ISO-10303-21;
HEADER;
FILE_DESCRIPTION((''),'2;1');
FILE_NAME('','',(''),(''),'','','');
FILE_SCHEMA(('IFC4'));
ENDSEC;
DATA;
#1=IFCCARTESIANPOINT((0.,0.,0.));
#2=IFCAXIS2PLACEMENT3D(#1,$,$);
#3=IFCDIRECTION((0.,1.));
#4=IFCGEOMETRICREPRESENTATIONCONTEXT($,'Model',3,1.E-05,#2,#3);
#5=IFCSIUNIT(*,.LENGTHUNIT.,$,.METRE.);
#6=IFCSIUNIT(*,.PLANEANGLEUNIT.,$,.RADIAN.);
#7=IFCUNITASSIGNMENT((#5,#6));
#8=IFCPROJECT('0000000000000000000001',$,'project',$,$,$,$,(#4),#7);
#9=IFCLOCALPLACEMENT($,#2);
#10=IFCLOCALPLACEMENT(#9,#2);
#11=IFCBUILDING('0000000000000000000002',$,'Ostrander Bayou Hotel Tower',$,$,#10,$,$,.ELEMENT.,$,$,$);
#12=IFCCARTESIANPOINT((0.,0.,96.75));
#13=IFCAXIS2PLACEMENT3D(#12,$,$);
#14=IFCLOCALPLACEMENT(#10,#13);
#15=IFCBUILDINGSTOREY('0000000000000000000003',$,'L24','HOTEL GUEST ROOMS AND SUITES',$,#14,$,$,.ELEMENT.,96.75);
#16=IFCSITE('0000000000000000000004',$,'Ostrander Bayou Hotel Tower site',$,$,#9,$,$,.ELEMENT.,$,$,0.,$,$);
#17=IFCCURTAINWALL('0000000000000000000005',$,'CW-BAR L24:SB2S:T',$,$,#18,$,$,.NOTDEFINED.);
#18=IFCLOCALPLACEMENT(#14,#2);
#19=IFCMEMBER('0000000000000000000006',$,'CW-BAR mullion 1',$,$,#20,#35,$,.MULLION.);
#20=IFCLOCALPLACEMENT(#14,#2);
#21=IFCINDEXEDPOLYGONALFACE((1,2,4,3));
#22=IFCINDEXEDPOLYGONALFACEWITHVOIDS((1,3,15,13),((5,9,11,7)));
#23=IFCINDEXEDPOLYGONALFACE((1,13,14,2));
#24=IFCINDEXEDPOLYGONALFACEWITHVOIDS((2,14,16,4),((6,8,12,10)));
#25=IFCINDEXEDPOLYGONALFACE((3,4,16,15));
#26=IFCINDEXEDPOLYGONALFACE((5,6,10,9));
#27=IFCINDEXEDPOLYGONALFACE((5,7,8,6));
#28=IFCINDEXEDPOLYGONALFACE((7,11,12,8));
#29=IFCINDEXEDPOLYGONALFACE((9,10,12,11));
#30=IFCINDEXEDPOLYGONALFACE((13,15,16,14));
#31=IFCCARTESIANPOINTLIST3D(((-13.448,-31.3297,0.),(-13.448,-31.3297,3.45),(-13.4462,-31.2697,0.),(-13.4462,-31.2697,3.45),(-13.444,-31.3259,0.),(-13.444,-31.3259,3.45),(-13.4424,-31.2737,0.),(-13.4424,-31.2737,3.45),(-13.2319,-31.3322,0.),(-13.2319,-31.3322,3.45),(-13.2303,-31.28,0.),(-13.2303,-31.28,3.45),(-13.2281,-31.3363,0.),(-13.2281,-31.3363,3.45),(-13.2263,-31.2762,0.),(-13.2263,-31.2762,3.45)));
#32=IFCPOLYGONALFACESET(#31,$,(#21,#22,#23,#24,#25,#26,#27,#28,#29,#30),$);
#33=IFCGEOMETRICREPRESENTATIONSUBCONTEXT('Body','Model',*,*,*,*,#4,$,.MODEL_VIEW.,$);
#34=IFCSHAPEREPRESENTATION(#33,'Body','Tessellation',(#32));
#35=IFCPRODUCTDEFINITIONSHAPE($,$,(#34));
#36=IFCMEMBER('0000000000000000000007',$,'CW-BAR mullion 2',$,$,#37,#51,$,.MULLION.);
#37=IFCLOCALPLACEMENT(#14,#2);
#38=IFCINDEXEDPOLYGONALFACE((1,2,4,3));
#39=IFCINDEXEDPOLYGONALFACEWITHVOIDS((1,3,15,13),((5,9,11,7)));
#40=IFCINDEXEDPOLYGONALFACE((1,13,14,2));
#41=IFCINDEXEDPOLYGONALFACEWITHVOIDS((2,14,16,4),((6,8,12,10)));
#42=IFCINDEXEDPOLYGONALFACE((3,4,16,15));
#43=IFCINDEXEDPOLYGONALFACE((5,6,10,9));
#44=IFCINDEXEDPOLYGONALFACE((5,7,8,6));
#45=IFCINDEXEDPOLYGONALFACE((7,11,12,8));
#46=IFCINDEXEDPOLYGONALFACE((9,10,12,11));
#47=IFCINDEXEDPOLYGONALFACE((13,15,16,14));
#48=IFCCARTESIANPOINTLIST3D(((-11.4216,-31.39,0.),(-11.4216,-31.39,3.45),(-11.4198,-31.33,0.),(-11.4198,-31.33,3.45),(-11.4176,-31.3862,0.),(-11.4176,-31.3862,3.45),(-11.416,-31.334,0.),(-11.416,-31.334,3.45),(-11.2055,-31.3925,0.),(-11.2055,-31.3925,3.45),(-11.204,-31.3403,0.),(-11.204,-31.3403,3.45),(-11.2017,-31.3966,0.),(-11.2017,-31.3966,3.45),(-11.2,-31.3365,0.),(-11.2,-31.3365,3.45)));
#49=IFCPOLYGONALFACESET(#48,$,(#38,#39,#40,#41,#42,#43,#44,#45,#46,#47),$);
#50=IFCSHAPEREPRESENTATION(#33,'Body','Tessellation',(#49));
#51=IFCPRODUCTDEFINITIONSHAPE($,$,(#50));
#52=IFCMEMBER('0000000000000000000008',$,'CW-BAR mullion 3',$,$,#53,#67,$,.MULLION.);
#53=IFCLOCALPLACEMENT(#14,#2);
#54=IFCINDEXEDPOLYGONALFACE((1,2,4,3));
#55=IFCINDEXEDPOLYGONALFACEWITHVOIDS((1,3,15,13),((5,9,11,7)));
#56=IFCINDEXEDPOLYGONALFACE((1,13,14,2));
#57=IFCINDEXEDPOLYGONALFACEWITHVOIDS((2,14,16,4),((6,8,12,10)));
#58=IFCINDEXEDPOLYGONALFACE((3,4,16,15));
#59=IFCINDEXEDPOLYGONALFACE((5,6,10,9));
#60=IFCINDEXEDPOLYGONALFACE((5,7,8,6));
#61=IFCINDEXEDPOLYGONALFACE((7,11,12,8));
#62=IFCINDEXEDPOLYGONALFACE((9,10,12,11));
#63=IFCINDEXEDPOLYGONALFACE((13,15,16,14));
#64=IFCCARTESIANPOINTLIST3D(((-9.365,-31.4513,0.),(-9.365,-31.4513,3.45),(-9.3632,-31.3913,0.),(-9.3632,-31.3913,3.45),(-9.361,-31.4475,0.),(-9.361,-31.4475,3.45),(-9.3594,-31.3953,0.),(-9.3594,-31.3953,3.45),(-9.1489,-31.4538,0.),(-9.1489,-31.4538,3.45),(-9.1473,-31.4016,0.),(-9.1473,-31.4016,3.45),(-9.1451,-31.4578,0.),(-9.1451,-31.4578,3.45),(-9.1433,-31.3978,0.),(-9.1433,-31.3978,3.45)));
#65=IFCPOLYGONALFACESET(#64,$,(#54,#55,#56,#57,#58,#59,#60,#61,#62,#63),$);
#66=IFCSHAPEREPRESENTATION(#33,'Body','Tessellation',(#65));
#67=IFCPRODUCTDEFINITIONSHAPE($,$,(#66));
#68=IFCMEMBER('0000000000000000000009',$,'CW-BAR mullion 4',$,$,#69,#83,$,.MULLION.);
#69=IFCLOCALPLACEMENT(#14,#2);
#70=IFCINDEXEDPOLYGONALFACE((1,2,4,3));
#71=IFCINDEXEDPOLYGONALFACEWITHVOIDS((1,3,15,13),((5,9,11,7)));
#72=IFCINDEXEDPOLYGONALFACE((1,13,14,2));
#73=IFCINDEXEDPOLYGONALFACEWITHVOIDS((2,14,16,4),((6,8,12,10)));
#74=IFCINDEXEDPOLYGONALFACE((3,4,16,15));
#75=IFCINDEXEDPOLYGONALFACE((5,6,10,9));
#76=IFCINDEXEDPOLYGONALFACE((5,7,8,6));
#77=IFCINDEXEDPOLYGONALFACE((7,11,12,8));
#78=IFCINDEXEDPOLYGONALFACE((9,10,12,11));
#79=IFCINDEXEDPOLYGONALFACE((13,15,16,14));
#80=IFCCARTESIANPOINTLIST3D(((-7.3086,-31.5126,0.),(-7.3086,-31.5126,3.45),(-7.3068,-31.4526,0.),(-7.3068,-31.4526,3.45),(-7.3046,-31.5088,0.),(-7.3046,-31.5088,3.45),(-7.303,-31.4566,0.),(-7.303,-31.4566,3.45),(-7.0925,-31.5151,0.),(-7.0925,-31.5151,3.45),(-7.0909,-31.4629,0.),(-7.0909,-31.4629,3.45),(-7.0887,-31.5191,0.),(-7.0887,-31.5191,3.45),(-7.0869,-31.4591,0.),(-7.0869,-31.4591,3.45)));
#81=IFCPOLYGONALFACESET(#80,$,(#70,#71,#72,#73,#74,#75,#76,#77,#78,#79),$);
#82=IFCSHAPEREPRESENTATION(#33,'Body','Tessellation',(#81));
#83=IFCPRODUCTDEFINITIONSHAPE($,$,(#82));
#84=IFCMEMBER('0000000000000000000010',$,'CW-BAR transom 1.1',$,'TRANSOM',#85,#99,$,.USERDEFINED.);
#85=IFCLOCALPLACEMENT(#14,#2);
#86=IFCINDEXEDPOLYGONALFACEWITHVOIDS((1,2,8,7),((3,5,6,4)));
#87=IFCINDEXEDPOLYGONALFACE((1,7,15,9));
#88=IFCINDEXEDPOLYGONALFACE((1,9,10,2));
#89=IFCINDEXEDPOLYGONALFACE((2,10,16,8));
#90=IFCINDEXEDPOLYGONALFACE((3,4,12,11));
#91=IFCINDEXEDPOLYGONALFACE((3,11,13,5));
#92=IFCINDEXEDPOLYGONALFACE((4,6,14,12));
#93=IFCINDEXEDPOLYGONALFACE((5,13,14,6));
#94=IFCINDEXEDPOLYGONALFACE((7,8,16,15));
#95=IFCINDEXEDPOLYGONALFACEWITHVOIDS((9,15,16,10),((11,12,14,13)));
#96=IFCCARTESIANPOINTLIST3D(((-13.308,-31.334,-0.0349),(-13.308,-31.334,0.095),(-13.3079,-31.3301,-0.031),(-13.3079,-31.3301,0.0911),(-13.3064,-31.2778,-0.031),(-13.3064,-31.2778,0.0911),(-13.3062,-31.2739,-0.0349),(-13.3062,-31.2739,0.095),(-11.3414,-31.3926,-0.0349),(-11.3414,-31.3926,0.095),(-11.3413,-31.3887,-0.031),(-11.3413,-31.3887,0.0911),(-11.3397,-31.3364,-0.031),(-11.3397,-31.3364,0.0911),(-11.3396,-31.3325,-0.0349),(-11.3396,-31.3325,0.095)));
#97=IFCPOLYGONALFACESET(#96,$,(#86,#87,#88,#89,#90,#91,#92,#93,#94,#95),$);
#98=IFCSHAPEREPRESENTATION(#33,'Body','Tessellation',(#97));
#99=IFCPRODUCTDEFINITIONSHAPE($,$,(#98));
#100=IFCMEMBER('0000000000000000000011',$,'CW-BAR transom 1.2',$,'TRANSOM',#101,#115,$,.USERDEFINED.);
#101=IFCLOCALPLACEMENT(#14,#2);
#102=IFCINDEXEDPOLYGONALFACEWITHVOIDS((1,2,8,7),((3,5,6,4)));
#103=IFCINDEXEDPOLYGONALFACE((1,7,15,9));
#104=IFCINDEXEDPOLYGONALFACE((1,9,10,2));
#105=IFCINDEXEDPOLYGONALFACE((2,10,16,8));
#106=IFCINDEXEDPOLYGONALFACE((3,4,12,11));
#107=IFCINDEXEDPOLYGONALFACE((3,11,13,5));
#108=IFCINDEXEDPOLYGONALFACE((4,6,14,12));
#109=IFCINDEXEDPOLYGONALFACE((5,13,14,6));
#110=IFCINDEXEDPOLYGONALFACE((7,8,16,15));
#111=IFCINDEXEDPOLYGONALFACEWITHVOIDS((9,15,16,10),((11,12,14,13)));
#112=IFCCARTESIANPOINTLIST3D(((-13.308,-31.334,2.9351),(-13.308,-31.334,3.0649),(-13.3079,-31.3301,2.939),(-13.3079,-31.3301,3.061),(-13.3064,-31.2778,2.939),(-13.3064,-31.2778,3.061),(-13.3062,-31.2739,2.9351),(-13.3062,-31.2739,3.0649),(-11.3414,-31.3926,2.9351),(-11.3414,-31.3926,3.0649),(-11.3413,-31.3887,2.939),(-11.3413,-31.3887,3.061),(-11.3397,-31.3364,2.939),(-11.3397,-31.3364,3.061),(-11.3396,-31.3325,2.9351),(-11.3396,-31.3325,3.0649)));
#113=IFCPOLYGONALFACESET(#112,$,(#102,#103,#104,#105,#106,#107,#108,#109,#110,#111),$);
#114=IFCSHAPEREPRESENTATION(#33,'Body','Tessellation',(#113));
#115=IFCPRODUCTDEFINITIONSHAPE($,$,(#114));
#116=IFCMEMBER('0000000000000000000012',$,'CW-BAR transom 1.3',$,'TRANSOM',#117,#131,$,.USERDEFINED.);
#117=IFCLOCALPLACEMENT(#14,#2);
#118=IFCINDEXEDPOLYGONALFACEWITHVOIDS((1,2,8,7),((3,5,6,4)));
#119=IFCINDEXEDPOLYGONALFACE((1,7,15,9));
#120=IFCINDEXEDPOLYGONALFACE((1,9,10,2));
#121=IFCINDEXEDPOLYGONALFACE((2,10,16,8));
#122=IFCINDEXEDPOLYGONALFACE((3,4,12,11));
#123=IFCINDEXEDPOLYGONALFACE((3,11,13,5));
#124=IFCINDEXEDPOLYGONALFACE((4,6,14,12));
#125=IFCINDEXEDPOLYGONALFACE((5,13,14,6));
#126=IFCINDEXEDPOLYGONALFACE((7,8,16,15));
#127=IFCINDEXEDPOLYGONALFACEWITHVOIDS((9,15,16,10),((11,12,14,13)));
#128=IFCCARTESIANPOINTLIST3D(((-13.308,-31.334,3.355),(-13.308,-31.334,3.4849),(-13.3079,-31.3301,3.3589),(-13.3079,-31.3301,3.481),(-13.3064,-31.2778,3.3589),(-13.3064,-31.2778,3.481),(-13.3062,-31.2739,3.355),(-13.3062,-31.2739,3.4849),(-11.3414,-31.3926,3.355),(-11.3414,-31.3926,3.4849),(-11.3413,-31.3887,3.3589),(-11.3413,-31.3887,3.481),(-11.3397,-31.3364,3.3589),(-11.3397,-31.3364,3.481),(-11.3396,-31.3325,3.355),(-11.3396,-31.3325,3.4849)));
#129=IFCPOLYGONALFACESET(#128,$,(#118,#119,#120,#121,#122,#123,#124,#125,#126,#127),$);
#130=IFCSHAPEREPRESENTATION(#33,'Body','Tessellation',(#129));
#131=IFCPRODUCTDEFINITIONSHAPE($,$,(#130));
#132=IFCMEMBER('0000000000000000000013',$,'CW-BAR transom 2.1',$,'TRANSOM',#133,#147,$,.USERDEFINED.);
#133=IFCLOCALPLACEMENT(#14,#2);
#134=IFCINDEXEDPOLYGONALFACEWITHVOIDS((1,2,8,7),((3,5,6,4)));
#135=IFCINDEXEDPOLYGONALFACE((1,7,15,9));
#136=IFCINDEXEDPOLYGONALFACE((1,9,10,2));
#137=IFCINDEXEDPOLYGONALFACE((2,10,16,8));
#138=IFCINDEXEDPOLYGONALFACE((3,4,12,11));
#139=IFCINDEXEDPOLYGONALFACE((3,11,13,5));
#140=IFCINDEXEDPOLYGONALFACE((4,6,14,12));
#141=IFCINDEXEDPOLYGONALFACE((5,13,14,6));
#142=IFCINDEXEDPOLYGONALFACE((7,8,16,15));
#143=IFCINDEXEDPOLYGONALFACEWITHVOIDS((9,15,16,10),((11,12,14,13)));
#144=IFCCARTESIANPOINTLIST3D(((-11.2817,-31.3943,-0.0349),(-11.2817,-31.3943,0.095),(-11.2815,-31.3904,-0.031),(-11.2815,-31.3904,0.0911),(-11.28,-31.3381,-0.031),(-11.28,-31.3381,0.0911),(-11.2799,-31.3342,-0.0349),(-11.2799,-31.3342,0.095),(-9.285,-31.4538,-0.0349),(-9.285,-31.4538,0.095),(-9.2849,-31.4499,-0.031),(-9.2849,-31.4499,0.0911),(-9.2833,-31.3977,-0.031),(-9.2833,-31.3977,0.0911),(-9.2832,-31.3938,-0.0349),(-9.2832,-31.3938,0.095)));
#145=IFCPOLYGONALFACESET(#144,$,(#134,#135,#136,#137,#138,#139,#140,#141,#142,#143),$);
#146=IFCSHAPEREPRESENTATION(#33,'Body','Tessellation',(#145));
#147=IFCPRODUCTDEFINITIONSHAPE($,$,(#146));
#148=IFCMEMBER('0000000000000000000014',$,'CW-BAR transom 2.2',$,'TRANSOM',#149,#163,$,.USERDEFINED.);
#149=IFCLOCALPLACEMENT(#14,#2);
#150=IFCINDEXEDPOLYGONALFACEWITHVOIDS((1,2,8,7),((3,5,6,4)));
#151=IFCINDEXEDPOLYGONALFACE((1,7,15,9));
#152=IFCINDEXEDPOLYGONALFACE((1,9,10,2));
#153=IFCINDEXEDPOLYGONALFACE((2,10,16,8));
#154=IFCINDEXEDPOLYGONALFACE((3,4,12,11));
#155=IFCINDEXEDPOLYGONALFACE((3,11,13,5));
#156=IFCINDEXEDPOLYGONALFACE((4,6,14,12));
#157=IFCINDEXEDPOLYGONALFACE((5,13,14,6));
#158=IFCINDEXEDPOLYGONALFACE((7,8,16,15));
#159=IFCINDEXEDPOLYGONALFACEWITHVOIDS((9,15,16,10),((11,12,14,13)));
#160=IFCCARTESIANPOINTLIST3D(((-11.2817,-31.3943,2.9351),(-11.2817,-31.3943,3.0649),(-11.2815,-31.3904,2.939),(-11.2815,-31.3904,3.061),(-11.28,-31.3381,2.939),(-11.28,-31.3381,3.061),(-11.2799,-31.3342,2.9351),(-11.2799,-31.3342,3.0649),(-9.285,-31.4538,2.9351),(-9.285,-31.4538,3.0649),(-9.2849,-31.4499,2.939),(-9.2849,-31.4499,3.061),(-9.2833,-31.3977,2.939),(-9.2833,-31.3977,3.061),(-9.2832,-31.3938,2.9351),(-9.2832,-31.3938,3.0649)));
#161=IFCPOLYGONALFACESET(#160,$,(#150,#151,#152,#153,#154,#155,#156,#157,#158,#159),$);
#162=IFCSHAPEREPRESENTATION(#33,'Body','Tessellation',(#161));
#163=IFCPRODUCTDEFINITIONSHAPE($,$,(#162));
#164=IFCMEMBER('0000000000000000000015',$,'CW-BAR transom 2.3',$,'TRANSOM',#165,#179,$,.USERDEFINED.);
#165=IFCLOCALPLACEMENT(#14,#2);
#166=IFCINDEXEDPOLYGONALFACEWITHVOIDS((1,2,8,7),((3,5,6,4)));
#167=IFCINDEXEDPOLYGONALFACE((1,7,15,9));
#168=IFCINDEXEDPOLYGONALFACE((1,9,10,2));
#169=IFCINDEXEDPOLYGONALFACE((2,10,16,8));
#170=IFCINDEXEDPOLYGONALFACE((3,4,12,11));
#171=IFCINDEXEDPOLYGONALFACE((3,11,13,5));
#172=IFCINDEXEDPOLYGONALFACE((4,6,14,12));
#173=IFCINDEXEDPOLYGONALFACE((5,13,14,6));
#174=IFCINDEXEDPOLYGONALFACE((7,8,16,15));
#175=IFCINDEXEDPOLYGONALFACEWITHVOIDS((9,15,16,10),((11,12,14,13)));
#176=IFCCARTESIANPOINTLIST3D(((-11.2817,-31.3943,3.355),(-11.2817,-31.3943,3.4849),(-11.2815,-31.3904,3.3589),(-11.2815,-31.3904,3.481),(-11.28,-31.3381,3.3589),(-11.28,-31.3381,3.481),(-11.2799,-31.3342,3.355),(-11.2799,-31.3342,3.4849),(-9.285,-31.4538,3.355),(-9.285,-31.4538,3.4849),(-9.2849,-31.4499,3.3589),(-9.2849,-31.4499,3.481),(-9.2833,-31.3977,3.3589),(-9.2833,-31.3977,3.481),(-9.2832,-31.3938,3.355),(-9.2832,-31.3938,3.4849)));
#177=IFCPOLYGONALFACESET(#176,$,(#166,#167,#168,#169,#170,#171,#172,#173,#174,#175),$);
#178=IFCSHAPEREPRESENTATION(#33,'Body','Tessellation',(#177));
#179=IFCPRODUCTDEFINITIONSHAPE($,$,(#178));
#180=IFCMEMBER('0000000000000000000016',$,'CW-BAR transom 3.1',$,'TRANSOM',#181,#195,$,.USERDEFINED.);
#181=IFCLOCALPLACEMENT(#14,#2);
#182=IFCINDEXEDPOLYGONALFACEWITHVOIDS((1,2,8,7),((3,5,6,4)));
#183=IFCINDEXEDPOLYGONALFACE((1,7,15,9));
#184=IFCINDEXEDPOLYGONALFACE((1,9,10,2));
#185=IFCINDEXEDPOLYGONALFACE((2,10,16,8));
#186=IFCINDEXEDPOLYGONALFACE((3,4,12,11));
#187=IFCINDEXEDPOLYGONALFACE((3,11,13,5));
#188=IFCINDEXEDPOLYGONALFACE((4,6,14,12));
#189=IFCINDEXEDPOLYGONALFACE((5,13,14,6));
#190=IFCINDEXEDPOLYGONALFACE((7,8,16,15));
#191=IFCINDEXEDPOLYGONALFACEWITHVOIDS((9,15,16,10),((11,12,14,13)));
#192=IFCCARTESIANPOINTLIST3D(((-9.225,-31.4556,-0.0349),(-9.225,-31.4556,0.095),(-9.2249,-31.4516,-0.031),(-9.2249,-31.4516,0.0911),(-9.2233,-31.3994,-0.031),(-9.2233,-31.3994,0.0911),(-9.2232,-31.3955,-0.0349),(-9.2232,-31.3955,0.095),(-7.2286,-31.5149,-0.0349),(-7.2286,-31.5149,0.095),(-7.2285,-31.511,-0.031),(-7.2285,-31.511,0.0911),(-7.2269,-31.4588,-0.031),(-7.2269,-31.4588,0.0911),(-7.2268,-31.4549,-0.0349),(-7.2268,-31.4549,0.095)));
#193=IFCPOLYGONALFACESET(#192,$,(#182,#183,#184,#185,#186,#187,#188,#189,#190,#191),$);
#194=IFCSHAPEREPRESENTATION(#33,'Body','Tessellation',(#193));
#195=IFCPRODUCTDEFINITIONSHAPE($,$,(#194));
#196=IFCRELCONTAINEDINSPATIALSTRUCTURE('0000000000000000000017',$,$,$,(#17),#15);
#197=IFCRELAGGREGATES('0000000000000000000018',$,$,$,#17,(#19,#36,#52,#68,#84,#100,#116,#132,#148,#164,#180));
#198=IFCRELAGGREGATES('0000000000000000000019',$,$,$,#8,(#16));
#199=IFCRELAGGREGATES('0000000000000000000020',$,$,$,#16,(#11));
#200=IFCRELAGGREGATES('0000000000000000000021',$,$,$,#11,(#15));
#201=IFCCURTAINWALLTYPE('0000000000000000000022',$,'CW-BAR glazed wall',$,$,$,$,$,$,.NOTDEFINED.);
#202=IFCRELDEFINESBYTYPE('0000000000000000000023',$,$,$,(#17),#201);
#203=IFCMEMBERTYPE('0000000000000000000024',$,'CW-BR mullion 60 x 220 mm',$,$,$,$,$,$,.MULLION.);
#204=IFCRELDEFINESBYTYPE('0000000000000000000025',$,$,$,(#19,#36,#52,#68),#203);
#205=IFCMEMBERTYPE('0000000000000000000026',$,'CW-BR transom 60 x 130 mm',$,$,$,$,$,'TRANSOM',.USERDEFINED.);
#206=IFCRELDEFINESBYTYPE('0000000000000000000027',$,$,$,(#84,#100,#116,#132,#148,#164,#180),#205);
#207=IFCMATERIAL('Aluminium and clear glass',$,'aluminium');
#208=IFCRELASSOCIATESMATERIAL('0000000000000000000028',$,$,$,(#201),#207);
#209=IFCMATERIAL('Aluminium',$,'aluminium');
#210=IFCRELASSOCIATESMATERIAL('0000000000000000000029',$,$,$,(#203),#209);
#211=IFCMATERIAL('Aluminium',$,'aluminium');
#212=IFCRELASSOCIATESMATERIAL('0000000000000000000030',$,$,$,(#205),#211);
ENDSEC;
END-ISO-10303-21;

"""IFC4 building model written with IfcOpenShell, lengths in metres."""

from ifc_helpers import new_model, si_unit, direction, frame, origin, origin_2d, place, context, subcontext, project, spatial, hollow_rectangle, extrude, material, material_profile, profile_set, type_object, element, aggregate, save


model = new_model("IFC4")

# Units and contexts
model_context = context("Model", 3, precision=1e-05, world=origin(), true_north=direction((0.0, 1.0)))
body_context = subcontext(model_context, "Body", "Model", "MODEL_VIEW")
ifc_project = project(units=[si_unit("LENGTHUNIT", "METRE"), si_unit("PLANEANGLEUNIT", "RADIAN")], contexts=[model_context])

# Site, building, storey
site_placement = place(None, origin())
site = spatial("IfcSite", under=ifc_project, at=site_placement, Name="Ostrander Bayou Hotel Tower site", CompositionType="ELEMENT", RefElevation=0.0)
building_placement = place(site_placement, origin())
building = spatial("IfcBuilding", under=site, at=building_placement, Name="Ostrander Bayou Hotel Tower", CompositionType="ELEMENT")
storey_placement = place(building_placement, frame((0.0, 0.0, 96.75)))
storey = spatial("IfcBuildingStorey", under=building, at=storey_placement, Name="L24", Description="HOTEL GUEST ROOMS AND SUITES", CompositionType="ELEMENT", Elevation=96.75)

# Curtain wall, members
ifc_material_1 = material(Name="Aluminium and clear glass", Category="aluminium")
curtain_wall_type = type_object("IfcCurtainWallType", Name="CW-BAR glazed wall", PredefinedType="NOTDEFINED", material=ifc_material_1)
curtain_wall_placement = place(storey_placement, origin())
curtain_wall = element("IfcCurtainWall", 1, at=curtain_wall_placement, inside=storey, type_object=curtain_wall_type, Name="CW-BAR L24:SB2S:T", PredefinedType="NOTDEFINED")
ifc_material_2 = material(Name="Aluminium", Category="aluminium")
ifc_material_profile_1 = material_profile(ifc_material_2, hollow_rectangle(XDim=0.0601, YDim=0.22, WallThickness=0.0039, at=origin_2d()))
ifc_profile_set_1 = profile_set([ifc_material_profile_1], Name="Aluminium")
member_type_1 = type_object("IfcMemberType", Name="CW-BR mullion 60 x 220 mm", PredefinedType="MULLION", material=ifc_profile_set_1)
member_1_placement = place(storey_placement, frame((-13.3372, -31.303, 0.0), z_axis=(0.0, 0.0, 1.0), x_axis=(0.029746, 0.999557, 0.0)))
member_1 = element("IfcMember", 2, at=member_1_placement, type_object=member_type_1, Name="CW-BAR mullion 1", PredefinedType="MULLION", context=body_context, shape_type="SweptSolid", body=[
    extrude(hollow_rectangle(XDim=0.0601, YDim=0.22, WallThickness=0.0039, at=origin_2d()), origin(), (0.0, 0.0, 1.0), 3.45),
])
member_2_placement = place(storey_placement, frame((-11.3108, -31.3633, 0.0), z_axis=(0.0, 0.0, 1.0), x_axis=(0.029746, 0.999557, 0.0)))
member_2 = element("IfcMember", 3, at=member_2_placement, type_object=member_type_1, Name="CW-BAR mullion 2", PredefinedType="MULLION", context=body_context, shape_type="SweptSolid", body=[
    extrude(hollow_rectangle(XDim=0.0601, YDim=0.22, WallThickness=0.0039, at=origin_2d()), origin(), (0.0, 0.0, 1.0), 3.45),
])
member_3_placement = place(storey_placement, frame((-9.2542, -31.4246, 0.0), z_axis=(0.0, 0.0, 1.0), x_axis=(0.029746, 0.999557, 0.0)))
member_3 = element("IfcMember", 4, at=member_3_placement, type_object=member_type_1, Name="CW-BAR mullion 3", PredefinedType="MULLION", context=body_context, shape_type="SweptSolid", body=[
    extrude(hollow_rectangle(XDim=0.0601, YDim=0.22, WallThickness=0.0039, at=origin_2d()), origin(), (0.0, 0.0, 1.0), 3.45),
])
member_4_placement = place(storey_placement, frame((-7.1978, -31.4858, 0.0), z_axis=(0.0, 0.0, 1.0), x_axis=(0.029746, 0.999557, 0.0)))
member_4 = element("IfcMember", 5, at=member_4_placement, type_object=member_type_1, Name="CW-BAR mullion 4", PredefinedType="MULLION", context=body_context, shape_type="SweptSolid", body=[
    extrude(hollow_rectangle(XDim=0.0601, YDim=0.22, WallThickness=0.0039, at=origin_2d()), origin(), (0.0, 0.0, 1.0), 3.45),
])
ifc_material_3 = material(Name="Aluminium", Category="aluminium")
ifc_material_profile_2 = material_profile(ifc_material_3, hollow_rectangle(XDim=0.0601, YDim=0.1299, WallThickness=0.0039, at=origin_2d()))
ifc_profile_set_2 = profile_set([ifc_material_profile_2], Name="Aluminium")
member_type_2 = type_object("IfcMemberType", Name="CW-BR transom 60 x 130 mm", ElementType="TRANSOM", PredefinedType="USERDEFINED", material=ifc_profile_set_2)
member_5_placement = place(storey_placement, frame((-13.3071, -31.304, 0.03), z_axis=(0.999556, -0.029782, 0.0), x_axis=(0.029782, 0.999556, 0.0)))
member_5 = element("IfcMember", 6, at=member_5_placement, type_object=member_type_2, Name="CW-BAR transom 1.1", ObjectType="TRANSOM", PredefinedType="USERDEFINED", context=body_context, shape_type="SweptSolid", body=[
    extrude(hollow_rectangle(XDim=0.0601, YDim=0.1299, WallThickness=0.0039, at=origin_2d()), origin(), (0.0, 0.0, 1.0), 1.9675),
])
member_6_placement = place(storey_placement, frame((-13.3071, -31.304, 3.0), z_axis=(0.999556, -0.029782, 0.0), x_axis=(0.029782, 0.999556, 0.0)))
member_6 = element("IfcMember", 7, at=member_6_placement, type_object=member_type_2, Name="CW-BAR transom 1.2", ObjectType="TRANSOM", PredefinedType="USERDEFINED", context=body_context, shape_type="SweptSolid", body=[
    extrude(hollow_rectangle(XDim=0.0601, YDim=0.1299, WallThickness=0.0039, at=origin_2d()), origin(), (0.0, 0.0, 1.0), 1.9675),
])
member_7_placement = place(storey_placement, frame((-13.3071, -31.304, 3.4199), z_axis=(0.999556, -0.029782, 0.0), x_axis=(0.029782, 0.999556, 0.0)))
member_7 = element("IfcMember", 8, at=member_7_placement, type_object=member_type_2, Name="CW-BAR transom 1.3", ObjectType="TRANSOM", PredefinedType="USERDEFINED", context=body_context, shape_type="SweptSolid", body=[
    extrude(hollow_rectangle(XDim=0.0601, YDim=0.1299, WallThickness=0.0039, at=origin_2d()), origin(), (0.0, 0.0, 1.0), 1.9675),
])
member_8_placement = place(storey_placement, frame((-11.2808, -31.3643, 0.03), z_axis=(0.999555, -0.029823, 0.0), x_axis=(0.029823, 0.999555, 0.0)))
member_8 = element("IfcMember", 9, at=member_8_placement, type_object=member_type_2, Name="CW-BAR transom 2.1", ObjectType="TRANSOM", PredefinedType="USERDEFINED", context=body_context, shape_type="SweptSolid", body=[
    extrude(hollow_rectangle(XDim=0.0601, YDim=0.1299, WallThickness=0.0039, at=origin_2d()), origin(), (0.0, 0.0, 1.0), 1.9976),
])
member_9_placement = place(storey_placement, frame((-11.2808, -31.3643, 3.0), z_axis=(0.999555, -0.029823, 0.0), x_axis=(0.029823, 0.999555, 0.0)))
member_9 = element("IfcMember", 10, at=member_9_placement, type_object=member_type_2, Name="CW-BAR transom 2.2", ObjectType="TRANSOM", PredefinedType="USERDEFINED", context=body_context, shape_type="SweptSolid", body=[
    extrude(hollow_rectangle(XDim=0.0601, YDim=0.1299, WallThickness=0.0039, at=origin_2d()), origin(), (0.0, 0.0, 1.0), 1.9976),
])
member_10_placement = place(storey_placement, frame((-11.2808, -31.3643, 3.4199), z_axis=(0.999555, -0.029823, 0.0), x_axis=(0.029823, 0.999555, 0.0)))
member_10 = element("IfcMember", 11, at=member_10_placement, type_object=member_type_2, Name="CW-BAR transom 2.3", ObjectType="TRANSOM", PredefinedType="USERDEFINED", context=body_context, shape_type="SweptSolid", body=[
    extrude(hollow_rectangle(XDim=0.0601, YDim=0.1299, WallThickness=0.0039, at=origin_2d()), origin(), (0.0, 0.0, 1.0), 1.9976),
])
member_11_placement = place(storey_placement, frame((-9.2241, -31.4255, 0.03), z_axis=(0.999559, -0.029704, 0.0), x_axis=(0.029704, 0.999559, 0.0)))
member_11 = element("IfcMember", 12, at=member_11_placement, type_object=member_type_2, Name="CW-BAR transom 3.1", ObjectType="TRANSOM", PredefinedType="USERDEFINED", context=body_context, shape_type="SweptSolid", body=[
    extrude(hollow_rectangle(XDim=0.0601, YDim=0.1299, WallThickness=0.0039, at=origin_2d()), origin(), (0.0, 0.0, 1.0), 1.9973),
])

aggregate(curtain_wall, [member_1, member_2, member_3, member_4, member_5, member_6, member_7, member_8, member_9, member_10, member_11])

save(model, "model.ifc")
